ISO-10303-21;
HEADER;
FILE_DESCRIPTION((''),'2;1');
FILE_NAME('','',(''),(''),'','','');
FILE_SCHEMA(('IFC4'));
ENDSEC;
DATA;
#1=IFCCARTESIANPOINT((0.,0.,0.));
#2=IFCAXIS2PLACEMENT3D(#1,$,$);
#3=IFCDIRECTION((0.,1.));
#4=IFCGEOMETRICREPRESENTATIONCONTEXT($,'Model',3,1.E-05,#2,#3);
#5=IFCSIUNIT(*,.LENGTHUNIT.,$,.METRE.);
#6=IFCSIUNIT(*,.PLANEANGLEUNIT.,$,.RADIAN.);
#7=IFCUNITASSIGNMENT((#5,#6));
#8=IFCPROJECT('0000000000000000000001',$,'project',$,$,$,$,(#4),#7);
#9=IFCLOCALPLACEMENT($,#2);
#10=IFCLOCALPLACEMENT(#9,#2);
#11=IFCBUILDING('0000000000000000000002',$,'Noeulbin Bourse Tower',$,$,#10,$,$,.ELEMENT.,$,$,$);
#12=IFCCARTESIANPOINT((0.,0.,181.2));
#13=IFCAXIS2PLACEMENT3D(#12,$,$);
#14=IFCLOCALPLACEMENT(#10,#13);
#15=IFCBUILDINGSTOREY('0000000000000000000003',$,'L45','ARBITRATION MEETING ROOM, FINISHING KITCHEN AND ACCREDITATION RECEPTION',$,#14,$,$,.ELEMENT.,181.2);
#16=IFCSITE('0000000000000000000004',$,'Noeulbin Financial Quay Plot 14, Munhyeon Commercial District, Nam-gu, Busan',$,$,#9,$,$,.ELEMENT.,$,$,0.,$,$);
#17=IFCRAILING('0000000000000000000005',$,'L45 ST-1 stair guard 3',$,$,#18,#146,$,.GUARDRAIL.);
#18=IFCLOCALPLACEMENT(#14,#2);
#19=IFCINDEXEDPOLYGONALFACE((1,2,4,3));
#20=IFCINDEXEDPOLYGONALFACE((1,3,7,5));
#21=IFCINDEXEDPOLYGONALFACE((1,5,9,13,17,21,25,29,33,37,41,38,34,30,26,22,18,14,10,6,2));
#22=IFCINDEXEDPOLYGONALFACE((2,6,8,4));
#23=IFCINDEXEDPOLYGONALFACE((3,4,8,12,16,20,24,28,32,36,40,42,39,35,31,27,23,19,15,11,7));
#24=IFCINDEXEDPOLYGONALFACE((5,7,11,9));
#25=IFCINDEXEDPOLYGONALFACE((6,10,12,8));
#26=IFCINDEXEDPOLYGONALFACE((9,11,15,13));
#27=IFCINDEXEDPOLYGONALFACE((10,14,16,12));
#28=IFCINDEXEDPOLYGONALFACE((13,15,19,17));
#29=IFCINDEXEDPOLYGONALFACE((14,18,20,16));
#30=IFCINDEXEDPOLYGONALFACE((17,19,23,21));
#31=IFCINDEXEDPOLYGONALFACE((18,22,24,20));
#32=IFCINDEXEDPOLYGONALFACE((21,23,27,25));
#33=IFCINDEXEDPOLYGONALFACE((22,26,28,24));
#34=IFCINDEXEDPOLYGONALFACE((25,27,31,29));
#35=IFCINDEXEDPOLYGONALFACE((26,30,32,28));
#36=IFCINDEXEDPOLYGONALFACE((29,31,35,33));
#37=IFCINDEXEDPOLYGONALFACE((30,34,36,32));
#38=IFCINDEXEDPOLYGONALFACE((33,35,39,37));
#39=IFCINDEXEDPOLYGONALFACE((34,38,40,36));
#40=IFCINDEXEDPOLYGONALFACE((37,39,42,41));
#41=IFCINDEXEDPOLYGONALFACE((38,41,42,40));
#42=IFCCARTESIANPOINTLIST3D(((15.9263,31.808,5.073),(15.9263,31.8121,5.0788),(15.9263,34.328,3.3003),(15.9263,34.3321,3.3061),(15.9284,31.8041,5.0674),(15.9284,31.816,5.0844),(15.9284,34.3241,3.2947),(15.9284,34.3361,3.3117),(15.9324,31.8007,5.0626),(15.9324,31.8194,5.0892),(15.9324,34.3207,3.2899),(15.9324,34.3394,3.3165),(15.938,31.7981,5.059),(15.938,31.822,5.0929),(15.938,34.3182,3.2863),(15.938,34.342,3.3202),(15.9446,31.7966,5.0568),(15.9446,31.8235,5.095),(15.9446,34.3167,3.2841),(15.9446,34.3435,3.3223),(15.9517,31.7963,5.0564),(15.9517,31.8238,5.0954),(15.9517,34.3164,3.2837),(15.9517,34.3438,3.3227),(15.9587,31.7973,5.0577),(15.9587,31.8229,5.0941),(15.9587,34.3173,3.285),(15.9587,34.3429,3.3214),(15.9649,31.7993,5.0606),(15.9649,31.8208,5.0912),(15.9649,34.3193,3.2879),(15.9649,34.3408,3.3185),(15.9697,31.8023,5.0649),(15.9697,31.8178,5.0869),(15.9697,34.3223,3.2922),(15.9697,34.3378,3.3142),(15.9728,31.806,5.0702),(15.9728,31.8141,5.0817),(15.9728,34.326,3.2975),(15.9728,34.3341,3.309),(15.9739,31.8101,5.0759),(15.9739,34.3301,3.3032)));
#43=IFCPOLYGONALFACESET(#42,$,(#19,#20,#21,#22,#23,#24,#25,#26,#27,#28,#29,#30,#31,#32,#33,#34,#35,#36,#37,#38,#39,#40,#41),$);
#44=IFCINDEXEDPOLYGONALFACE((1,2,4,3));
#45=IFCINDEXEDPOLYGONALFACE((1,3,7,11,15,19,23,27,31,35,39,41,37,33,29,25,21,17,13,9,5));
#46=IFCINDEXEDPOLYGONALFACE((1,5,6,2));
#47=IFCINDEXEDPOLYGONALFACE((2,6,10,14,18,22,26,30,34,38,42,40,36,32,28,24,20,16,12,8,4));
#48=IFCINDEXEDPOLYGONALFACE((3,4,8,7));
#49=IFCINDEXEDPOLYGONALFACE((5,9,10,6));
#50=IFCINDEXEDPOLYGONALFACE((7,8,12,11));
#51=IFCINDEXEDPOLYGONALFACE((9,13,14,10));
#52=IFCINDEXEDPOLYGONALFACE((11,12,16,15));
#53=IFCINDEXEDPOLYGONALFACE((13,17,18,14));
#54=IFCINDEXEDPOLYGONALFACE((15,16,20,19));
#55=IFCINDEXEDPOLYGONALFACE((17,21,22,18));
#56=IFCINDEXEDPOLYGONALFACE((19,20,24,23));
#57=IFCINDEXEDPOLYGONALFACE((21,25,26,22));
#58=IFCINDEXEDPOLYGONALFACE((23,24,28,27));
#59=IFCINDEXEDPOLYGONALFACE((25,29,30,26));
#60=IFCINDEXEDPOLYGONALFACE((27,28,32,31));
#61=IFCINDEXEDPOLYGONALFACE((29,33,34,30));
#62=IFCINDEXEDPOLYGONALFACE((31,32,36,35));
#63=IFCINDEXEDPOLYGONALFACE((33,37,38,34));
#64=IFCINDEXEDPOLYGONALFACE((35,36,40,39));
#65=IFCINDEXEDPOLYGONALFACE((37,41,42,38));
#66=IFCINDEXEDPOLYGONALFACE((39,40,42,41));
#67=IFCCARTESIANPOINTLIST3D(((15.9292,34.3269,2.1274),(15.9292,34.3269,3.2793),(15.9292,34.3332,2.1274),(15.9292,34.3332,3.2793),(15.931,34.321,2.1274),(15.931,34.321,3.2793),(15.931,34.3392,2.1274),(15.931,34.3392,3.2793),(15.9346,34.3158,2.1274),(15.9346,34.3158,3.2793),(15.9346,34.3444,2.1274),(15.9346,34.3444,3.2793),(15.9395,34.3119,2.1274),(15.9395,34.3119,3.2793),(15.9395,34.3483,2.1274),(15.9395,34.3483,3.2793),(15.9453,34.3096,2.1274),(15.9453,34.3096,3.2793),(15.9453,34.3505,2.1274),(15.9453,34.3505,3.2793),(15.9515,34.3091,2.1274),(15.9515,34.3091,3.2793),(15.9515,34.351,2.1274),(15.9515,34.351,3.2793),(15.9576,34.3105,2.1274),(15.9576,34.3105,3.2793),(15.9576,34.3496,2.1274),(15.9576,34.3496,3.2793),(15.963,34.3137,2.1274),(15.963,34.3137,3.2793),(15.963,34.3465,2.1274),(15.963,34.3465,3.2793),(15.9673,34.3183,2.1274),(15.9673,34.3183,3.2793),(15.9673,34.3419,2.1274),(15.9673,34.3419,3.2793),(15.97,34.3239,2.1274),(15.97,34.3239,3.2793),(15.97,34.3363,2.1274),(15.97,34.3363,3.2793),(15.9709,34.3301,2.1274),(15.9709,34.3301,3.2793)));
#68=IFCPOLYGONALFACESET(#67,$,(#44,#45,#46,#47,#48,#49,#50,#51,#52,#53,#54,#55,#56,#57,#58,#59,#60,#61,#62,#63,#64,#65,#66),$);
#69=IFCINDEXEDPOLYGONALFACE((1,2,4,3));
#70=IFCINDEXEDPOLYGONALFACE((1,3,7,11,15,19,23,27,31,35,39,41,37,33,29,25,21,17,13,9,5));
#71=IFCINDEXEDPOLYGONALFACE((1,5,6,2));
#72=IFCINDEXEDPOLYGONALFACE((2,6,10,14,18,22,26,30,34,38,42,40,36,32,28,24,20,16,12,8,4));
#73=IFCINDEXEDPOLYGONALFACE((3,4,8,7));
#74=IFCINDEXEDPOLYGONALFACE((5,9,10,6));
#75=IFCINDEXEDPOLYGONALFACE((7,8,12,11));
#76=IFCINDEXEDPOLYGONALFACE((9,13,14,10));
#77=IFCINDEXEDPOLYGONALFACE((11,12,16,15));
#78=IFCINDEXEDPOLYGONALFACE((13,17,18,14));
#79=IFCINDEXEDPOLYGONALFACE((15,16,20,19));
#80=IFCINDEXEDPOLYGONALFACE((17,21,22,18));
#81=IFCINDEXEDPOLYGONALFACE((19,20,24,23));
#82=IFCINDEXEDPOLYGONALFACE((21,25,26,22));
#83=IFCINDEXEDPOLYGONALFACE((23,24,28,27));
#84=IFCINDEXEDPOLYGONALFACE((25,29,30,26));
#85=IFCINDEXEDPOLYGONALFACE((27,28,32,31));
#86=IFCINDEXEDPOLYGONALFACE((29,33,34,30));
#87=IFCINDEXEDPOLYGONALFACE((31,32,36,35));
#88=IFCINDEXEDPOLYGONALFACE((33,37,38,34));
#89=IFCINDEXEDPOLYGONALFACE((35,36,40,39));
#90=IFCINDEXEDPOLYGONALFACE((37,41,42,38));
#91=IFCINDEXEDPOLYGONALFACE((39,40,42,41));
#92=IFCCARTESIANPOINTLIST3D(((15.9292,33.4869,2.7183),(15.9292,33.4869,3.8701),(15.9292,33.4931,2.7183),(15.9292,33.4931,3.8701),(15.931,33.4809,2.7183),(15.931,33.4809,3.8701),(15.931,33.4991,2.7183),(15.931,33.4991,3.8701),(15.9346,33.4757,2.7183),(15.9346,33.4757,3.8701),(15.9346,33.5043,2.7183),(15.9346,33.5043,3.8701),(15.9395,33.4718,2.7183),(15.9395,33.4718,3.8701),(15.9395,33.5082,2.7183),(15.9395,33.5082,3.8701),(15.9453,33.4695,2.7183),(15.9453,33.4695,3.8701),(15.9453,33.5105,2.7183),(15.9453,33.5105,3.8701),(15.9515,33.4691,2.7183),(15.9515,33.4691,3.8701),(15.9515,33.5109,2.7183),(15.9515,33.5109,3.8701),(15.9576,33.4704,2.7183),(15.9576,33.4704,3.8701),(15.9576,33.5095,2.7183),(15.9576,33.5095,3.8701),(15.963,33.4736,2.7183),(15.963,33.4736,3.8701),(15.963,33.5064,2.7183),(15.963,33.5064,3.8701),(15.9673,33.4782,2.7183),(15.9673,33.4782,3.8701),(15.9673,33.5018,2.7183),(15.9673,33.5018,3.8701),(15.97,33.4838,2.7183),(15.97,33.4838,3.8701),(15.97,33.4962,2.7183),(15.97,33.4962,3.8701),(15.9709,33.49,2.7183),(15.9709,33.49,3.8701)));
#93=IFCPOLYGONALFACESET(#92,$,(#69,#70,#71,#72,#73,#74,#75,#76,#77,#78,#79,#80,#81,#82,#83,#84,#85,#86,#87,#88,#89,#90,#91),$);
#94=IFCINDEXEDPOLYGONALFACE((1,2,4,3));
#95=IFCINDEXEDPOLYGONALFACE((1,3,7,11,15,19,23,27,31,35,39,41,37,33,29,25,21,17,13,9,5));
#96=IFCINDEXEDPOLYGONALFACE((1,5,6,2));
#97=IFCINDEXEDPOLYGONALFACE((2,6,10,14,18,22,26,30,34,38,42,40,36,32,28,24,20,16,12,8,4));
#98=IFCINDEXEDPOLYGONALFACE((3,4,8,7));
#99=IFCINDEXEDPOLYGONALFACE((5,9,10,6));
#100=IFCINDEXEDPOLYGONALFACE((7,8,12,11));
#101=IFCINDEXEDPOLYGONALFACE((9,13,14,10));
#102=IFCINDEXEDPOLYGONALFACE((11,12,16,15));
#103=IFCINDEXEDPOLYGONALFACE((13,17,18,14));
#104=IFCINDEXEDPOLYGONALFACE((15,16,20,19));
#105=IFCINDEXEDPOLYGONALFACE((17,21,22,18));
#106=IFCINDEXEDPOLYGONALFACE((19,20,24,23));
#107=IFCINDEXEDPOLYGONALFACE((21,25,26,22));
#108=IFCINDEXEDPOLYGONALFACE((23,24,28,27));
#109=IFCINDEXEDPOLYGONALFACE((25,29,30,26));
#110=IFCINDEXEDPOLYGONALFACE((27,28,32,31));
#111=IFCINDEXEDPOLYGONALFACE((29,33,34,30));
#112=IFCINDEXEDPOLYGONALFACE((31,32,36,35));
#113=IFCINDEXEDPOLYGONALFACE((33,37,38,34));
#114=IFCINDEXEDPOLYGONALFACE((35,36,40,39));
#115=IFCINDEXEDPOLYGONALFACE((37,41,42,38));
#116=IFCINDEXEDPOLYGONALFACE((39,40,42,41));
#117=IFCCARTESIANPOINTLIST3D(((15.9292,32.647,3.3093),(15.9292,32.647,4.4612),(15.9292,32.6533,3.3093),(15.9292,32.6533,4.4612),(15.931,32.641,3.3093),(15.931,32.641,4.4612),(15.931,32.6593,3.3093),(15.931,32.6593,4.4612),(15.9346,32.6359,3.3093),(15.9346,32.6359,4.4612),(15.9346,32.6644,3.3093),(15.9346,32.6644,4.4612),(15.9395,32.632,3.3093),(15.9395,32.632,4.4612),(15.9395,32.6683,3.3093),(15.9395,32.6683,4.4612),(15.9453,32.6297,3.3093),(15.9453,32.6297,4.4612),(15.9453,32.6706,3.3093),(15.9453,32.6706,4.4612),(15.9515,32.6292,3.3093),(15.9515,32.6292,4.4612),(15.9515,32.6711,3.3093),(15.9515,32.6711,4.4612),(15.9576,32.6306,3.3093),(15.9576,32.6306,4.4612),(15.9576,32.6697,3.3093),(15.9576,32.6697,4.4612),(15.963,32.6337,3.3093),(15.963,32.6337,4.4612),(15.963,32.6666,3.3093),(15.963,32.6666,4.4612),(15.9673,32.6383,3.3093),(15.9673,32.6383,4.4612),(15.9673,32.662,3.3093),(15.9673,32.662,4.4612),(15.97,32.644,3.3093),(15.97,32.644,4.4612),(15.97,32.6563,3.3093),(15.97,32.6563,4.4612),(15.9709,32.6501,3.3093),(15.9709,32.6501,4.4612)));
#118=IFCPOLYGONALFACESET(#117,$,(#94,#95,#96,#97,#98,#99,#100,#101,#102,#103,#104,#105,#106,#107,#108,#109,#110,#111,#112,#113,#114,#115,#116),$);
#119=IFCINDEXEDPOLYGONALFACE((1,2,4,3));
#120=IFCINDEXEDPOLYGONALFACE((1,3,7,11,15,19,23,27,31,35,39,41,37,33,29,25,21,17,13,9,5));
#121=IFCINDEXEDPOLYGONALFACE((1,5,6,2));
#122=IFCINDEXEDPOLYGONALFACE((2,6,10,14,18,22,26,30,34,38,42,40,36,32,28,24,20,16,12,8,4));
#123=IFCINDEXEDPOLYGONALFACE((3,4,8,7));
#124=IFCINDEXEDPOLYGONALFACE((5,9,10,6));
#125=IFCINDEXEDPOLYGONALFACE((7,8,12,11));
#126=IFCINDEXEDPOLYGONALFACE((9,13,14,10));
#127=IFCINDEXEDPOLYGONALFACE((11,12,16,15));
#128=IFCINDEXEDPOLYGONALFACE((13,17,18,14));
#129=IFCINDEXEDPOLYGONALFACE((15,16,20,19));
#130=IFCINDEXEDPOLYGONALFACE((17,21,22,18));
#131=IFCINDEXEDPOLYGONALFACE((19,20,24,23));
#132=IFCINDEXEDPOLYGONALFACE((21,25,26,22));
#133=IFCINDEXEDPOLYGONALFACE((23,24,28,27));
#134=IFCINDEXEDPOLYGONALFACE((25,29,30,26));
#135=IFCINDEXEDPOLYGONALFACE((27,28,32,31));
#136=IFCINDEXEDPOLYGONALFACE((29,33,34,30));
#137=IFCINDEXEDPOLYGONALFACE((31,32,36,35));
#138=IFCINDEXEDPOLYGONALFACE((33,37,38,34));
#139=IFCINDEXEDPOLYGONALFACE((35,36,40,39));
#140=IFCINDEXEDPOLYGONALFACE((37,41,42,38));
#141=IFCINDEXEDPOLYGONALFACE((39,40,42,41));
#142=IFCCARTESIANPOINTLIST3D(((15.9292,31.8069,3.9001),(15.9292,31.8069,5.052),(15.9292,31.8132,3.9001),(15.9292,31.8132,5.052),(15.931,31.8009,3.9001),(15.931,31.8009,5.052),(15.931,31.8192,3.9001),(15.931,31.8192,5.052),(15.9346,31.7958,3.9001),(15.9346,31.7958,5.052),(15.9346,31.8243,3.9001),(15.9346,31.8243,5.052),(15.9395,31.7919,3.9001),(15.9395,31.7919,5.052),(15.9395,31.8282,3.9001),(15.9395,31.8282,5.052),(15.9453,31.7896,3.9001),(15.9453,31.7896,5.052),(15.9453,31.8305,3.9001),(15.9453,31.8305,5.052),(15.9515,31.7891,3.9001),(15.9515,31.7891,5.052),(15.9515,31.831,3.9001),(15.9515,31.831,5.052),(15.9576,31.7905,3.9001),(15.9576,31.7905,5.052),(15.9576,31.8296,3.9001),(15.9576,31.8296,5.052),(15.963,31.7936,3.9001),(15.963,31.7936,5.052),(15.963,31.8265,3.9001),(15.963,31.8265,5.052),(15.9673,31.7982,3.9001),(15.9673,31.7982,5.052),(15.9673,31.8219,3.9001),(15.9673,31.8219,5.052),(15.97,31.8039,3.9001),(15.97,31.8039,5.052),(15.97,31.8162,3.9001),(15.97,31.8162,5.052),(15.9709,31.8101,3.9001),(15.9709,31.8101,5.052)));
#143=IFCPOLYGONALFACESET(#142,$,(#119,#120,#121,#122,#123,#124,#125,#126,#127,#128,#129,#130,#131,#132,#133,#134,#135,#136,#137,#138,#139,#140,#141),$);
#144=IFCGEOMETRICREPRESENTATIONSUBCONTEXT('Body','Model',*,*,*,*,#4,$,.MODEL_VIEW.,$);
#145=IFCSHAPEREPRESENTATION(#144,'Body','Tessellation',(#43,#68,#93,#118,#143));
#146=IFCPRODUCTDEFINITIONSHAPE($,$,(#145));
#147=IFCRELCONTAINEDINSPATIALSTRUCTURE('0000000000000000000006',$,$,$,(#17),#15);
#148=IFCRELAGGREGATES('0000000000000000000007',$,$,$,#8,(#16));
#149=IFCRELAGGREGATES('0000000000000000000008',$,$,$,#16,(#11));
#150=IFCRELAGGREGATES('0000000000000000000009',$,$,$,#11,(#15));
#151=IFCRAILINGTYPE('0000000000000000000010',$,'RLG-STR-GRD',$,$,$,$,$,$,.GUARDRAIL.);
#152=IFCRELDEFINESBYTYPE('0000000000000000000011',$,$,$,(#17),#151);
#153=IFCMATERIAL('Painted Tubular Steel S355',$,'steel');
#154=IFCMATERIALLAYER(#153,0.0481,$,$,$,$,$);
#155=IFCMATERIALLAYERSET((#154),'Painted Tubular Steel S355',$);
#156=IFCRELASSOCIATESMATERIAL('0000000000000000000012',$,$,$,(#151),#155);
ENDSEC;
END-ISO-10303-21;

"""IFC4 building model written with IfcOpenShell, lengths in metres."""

from ifc_helpers import new_model, si_unit, direction, frame, origin, origin_2d, place, context, subcontext, project, spatial, circle, extrude, material, layer, layer_set, type_object, element, save


model = new_model("IFC4")

# Units and contexts
model_context = context("Model", 3, precision=1e-05, world=origin(), true_north=direction((0.0, 1.0)))
body_context = subcontext(model_context, "Body", "Model", "MODEL_VIEW")
ifc_project = project(units=[si_unit("LENGTHUNIT", "METRE"), si_unit("PLANEANGLEUNIT", "RADIAN")], contexts=[model_context])

# Site, building, storey
site_placement = place(None, origin())
site = spatial("IfcSite", under=ifc_project, at=site_placement, Name="Noeulbin Financial Quay Plot 14, Munhyeon Commercial District, Nam-gu, Busan", CompositionType="ELEMENT", RefElevation=0.0)
building_placement = place(site_placement, origin())
building = spatial("IfcBuilding", under=site, at=building_placement, Name="Noeulbin Bourse Tower", CompositionType="ELEMENT")
storey_placement = place(building_placement, frame((0.0, 0.0, 181.2)))
storey = spatial("IfcBuildingStorey", under=building, at=storey_placement, Name="L45", Description="ARBITRATION MEETING ROOM, FINISHING KITCHEN AND ACCREDITATION RECEPTION", CompositionType="ELEMENT", Elevation=181.2)

# Railing
ifc_material_1 = material(Name="Painted Tubular Steel S355", Category="steel")
ifc_layer_1 = layer(ifc_material_1, 0.0481)
ifc_layer_set_1 = layer_set([ifc_layer_1], Name="Painted Tubular Steel S355")
railing_type_1 = type_object("IfcRailingType", Name="RLG-STR-GRD", PredefinedType="GUARDRAIL", material=ifc_layer_set_1)
railing_1_placement = place(storey_placement, frame((15.95, 34.3301, 2.1274)))
element("IfcRailing", 1, at=railing_1_placement, inside=storey, type_object=railing_type_1, Name="L45 ST-1 stair guard 3", PredefinedType="GUARDRAIL", context=body_context, shape_type="SweptSolid", body=[
    extrude(circle(Radius=0.0239, at=origin_2d()), frame((0.0, 0.0, 1.1758), z_axis=(0.0, -0.817904, 0.575354), x_axis=(1.0, 0.0, 0.0)), (0.0, 0.0, 1.0), 3.0811),
    extrude(circle(Radius=0.021, at=origin_2d()), origin(), (0.0, 0.0, 1.0), 1.1519),
    extrude(circle(Radius=0.021, at=origin_2d()), frame((0.0, -0.8401, 0.5908)), (0.0, 0.0, 1.0), 1.1519),
    extrude(circle(Radius=0.021, at=origin_2d()), frame((0.0, -1.6799, 1.1819)), (0.0, 0.0, 1.0), 1.1519),
    extrude(circle(Radius=0.021, at=origin_2d()), frame((0.0, -2.52, 1.7727)), (0.0, 0.0, 1.0), 1.1519),
])

save(model, "model.ifc")
